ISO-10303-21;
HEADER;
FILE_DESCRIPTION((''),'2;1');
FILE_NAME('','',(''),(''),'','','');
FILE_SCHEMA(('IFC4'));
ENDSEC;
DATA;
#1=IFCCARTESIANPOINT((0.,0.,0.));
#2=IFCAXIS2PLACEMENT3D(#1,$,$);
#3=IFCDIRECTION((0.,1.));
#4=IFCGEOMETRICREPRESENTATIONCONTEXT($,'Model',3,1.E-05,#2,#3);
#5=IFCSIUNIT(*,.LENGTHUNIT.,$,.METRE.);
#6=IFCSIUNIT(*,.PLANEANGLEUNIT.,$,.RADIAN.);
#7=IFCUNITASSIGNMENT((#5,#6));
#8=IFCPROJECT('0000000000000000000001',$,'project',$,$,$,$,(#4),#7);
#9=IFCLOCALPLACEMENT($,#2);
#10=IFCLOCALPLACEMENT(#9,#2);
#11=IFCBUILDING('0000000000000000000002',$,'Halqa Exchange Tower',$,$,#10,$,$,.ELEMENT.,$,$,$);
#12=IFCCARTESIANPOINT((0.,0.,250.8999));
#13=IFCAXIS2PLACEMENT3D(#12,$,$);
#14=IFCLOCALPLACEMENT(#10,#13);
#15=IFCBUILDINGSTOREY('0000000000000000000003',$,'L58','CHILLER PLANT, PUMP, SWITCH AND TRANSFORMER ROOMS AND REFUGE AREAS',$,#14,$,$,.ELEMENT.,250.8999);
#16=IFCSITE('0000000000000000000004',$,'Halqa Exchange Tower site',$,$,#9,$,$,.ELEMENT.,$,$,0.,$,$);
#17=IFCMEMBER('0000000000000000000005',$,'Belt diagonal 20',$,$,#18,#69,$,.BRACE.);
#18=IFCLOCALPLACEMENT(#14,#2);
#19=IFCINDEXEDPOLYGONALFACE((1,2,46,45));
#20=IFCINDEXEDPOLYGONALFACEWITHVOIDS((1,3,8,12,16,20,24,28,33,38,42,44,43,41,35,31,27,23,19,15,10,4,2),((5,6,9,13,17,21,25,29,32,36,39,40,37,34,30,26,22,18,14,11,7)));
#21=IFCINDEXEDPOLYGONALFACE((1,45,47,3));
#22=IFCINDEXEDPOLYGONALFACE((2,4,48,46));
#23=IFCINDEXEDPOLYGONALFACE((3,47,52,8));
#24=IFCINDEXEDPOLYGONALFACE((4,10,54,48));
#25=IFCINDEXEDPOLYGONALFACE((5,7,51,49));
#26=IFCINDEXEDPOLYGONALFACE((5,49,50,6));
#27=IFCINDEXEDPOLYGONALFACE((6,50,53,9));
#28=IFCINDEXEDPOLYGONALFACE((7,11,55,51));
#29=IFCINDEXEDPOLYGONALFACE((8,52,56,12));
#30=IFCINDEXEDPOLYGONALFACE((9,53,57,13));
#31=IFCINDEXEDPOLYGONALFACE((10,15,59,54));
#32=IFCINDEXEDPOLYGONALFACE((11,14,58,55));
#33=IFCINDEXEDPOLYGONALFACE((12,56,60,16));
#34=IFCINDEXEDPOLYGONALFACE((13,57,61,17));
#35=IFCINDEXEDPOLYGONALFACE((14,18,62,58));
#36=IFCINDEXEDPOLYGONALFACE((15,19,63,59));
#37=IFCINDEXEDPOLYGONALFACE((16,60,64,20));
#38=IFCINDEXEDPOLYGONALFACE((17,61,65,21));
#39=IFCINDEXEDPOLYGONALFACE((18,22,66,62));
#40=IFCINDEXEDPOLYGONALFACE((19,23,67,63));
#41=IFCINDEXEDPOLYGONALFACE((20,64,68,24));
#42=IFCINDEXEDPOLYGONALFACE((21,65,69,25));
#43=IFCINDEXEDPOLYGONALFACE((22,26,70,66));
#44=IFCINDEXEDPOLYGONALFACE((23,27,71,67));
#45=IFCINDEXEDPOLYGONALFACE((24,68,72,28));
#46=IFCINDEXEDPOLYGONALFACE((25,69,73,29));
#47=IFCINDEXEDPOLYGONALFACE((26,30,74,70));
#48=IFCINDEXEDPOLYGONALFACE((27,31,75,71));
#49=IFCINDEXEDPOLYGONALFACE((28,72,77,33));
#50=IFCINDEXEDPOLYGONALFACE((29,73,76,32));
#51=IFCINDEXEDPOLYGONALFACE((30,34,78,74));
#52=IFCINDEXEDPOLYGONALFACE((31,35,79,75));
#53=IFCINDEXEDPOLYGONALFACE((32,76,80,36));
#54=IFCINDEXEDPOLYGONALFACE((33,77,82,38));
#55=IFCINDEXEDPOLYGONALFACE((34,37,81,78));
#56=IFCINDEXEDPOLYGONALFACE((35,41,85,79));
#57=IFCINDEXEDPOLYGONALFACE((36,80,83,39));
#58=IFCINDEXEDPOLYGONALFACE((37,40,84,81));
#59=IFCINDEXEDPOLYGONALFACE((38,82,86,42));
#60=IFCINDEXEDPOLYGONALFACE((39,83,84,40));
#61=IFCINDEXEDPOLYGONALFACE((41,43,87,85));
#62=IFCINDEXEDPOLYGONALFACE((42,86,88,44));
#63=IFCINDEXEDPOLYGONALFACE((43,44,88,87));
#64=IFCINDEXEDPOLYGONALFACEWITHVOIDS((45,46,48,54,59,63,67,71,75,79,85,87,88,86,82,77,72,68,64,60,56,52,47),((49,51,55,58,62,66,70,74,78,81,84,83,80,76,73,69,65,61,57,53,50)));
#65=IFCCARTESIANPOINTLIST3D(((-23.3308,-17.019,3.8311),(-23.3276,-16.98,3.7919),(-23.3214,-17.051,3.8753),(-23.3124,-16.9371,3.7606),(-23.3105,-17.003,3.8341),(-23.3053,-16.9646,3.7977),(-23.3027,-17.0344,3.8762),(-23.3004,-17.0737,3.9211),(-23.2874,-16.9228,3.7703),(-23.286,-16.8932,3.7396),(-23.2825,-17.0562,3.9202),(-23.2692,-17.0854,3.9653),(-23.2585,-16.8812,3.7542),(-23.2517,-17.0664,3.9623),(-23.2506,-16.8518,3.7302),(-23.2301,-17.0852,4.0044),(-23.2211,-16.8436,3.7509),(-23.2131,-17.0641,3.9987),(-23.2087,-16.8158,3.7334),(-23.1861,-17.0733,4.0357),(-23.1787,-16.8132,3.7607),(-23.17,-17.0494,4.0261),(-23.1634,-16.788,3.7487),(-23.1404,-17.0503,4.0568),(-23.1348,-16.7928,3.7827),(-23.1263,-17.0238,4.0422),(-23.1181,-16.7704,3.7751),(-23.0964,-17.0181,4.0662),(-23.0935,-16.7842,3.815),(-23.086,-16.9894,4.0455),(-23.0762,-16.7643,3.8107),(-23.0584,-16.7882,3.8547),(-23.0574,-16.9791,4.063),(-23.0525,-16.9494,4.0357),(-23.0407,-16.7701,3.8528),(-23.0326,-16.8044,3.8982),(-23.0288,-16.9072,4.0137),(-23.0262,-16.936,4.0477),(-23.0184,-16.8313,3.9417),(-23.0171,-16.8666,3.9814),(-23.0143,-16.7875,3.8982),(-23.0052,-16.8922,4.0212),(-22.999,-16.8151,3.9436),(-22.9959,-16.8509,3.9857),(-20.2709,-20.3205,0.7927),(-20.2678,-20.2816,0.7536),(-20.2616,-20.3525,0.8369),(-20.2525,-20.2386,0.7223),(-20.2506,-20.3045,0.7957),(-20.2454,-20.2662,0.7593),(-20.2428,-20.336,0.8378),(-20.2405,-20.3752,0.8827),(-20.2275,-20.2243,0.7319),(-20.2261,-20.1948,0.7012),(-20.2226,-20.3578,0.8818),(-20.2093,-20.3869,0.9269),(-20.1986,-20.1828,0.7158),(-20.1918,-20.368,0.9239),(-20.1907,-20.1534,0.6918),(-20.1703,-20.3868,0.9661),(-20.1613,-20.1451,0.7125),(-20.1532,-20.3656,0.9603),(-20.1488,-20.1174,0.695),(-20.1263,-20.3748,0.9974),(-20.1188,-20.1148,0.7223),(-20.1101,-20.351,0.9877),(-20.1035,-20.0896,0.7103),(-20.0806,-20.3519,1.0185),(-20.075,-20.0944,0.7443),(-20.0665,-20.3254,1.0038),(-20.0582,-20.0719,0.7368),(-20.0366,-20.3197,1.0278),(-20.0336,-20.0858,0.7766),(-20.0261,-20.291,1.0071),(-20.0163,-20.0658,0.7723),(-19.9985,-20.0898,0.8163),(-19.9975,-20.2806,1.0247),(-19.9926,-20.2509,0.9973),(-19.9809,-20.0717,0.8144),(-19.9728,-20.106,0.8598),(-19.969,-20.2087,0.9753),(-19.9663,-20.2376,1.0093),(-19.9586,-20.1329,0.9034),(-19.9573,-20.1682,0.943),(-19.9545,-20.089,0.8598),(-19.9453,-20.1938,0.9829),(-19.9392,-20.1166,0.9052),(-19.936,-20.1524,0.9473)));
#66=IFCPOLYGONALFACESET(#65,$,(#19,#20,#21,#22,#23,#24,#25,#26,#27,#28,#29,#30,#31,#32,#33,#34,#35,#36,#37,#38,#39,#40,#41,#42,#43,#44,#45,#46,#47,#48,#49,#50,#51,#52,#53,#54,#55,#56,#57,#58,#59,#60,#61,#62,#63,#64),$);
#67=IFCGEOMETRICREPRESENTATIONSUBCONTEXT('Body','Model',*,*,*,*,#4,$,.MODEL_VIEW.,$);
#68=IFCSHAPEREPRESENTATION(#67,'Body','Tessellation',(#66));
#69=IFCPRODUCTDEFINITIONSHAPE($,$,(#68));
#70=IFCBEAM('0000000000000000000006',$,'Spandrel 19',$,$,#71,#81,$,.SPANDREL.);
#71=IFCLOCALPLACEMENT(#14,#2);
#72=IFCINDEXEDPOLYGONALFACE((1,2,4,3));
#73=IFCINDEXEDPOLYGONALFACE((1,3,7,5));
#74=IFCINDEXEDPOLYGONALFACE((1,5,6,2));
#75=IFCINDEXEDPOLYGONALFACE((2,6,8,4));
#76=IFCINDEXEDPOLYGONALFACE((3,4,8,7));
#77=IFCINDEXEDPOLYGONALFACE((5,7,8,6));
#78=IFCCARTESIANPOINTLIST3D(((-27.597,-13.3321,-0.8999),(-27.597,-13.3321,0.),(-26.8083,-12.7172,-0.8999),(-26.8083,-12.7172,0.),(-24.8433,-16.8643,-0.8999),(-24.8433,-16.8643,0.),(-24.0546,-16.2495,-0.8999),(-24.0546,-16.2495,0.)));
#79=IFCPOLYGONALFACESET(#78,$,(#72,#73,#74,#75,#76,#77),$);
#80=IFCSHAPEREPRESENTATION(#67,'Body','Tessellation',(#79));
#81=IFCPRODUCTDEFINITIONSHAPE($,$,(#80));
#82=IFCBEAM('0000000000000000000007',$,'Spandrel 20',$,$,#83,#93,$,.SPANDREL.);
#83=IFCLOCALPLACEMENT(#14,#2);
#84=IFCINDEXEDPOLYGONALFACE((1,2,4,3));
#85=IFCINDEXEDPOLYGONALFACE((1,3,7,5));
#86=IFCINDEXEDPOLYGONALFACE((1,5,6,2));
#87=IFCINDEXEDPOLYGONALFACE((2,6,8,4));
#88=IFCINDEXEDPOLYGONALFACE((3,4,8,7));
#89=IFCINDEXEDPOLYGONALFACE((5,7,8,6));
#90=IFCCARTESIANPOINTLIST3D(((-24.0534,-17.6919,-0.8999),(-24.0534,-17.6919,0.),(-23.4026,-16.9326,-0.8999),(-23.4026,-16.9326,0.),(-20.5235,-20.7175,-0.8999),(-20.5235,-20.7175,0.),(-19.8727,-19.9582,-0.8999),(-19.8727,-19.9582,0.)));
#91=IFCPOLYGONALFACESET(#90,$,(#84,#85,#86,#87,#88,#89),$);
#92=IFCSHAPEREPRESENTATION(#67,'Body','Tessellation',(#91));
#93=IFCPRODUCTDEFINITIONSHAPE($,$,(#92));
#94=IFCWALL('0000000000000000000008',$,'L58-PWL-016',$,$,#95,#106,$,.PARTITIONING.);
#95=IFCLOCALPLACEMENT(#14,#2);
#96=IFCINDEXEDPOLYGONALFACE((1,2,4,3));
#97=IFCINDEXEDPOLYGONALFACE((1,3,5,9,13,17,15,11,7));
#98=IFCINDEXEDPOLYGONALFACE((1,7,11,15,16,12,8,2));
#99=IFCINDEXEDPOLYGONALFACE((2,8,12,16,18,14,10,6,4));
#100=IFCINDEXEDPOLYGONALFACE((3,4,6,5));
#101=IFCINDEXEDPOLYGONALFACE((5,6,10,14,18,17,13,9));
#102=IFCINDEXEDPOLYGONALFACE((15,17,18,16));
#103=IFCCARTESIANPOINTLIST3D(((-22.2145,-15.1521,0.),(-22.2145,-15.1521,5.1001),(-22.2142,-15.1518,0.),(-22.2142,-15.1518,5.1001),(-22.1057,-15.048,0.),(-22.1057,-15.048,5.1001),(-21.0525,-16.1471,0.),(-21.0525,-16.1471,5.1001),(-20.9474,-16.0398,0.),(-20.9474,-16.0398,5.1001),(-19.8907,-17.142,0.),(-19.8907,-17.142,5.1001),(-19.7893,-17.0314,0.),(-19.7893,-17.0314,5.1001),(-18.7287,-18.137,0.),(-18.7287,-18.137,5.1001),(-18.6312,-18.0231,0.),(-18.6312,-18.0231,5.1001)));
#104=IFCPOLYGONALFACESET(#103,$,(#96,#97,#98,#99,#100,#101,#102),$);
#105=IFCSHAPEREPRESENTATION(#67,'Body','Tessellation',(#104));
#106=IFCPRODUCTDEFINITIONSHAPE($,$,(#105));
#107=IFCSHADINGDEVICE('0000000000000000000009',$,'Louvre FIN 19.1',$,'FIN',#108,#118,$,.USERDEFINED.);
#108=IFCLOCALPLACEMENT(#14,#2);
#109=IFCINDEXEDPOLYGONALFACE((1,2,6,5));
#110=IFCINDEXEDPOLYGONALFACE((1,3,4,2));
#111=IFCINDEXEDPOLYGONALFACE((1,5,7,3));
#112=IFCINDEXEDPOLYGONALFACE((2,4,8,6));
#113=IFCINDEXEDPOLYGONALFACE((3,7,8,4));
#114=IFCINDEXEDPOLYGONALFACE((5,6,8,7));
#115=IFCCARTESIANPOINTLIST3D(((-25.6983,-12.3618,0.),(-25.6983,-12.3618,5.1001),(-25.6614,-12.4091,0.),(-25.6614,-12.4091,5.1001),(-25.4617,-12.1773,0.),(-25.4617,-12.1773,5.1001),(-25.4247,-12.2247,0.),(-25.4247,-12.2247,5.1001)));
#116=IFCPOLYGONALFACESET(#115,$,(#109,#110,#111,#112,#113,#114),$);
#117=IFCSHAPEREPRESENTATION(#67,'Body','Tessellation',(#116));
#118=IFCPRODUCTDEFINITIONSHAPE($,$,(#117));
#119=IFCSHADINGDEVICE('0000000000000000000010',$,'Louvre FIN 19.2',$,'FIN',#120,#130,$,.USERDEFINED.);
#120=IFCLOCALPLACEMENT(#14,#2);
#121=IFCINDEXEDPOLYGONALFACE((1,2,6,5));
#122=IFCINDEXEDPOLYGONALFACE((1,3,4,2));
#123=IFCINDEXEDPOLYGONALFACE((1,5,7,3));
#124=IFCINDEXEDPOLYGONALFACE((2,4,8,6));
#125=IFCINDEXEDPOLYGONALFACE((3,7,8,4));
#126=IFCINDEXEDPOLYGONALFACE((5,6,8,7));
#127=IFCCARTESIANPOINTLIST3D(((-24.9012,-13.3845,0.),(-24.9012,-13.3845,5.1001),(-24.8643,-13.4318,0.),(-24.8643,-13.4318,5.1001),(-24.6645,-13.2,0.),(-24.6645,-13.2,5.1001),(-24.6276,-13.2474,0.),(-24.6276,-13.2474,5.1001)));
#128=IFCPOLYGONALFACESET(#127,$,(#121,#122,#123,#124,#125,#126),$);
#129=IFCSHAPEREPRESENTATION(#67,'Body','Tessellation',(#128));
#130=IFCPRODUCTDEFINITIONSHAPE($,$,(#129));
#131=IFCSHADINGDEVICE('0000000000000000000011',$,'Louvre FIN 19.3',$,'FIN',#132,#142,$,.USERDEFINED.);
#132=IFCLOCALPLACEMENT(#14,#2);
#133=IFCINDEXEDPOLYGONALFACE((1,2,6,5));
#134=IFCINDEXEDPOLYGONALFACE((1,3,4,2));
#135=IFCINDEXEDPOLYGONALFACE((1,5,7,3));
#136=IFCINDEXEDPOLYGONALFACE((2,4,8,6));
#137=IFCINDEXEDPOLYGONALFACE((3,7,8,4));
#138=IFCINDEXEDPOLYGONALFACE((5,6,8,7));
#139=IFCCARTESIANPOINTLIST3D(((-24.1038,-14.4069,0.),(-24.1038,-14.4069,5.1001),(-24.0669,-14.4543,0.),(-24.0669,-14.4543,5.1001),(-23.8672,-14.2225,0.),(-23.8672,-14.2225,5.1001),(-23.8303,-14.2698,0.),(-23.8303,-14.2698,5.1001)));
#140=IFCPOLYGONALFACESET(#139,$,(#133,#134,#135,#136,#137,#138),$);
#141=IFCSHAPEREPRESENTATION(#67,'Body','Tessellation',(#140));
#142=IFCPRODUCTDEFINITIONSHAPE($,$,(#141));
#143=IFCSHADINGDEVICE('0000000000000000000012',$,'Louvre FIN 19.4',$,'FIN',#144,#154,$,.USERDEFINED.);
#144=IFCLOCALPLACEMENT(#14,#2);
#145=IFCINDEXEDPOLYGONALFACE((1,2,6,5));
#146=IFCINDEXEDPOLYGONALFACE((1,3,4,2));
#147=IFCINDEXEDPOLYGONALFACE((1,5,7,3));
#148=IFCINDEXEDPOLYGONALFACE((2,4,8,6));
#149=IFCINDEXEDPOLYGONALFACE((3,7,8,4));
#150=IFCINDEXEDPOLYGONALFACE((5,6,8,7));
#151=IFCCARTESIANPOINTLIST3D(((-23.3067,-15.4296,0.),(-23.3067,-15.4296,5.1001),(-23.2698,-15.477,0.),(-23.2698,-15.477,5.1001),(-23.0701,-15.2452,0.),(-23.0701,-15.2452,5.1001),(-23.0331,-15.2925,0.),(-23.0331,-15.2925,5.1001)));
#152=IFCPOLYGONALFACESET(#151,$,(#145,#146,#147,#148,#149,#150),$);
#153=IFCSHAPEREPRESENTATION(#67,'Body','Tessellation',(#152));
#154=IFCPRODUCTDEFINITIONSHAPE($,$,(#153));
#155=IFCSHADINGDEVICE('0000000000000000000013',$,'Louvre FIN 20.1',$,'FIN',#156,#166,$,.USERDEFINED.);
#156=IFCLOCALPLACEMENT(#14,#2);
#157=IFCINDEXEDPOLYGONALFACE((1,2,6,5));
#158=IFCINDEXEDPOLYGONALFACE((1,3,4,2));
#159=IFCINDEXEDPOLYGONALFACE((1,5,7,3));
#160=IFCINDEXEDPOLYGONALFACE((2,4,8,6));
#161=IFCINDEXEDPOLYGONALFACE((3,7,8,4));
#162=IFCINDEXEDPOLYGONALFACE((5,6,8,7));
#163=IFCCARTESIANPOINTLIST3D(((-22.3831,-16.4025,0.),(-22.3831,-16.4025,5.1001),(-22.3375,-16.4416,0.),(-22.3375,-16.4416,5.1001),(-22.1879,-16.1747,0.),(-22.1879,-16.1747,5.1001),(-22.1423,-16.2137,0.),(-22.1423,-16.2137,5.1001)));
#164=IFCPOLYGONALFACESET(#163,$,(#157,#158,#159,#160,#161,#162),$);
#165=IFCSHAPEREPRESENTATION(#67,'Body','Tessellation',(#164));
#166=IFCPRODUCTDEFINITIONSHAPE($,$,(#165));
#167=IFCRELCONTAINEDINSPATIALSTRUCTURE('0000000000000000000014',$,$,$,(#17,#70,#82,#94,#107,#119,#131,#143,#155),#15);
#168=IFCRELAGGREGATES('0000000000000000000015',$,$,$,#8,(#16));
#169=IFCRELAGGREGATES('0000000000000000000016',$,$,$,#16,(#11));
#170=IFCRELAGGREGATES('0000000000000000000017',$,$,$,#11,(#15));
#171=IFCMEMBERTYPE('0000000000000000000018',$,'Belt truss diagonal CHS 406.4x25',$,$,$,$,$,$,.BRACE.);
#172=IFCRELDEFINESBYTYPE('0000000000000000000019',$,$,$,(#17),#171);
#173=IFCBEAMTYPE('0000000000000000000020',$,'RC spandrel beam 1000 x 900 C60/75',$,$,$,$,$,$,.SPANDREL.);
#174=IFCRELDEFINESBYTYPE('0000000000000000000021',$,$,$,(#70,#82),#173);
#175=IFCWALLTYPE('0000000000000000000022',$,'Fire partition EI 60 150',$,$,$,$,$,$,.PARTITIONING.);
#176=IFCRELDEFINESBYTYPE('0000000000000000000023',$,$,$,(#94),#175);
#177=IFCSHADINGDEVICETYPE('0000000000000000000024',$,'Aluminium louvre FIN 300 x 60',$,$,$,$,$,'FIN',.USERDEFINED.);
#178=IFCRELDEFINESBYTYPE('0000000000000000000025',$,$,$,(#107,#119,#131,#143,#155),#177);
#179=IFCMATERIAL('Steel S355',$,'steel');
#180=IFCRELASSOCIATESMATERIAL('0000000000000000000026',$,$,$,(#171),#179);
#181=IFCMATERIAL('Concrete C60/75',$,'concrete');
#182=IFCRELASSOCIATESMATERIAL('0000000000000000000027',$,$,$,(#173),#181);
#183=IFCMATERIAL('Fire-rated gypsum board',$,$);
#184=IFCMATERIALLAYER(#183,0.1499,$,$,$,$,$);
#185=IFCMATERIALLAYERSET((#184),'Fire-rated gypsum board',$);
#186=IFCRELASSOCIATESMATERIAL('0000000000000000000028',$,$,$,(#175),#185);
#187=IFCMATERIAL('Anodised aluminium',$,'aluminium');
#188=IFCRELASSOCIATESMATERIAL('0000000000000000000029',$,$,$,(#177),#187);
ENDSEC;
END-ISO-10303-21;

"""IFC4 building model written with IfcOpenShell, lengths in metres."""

from ifc_helpers import new_model, si_unit, direction, frame, origin, origin_2d, place, context, subcontext, project, spatial, polyline, rectangle, hollow_circle, outline, extrude, material, layer, layer_set, material_profile, profile_set, type_object, element, save


model = new_model("IFC4")

# Units and contexts
model_context = context("Model", 3, precision=1e-05, world=origin(), true_north=direction((0.0, 1.0)))
body_context = subcontext(model_context, "Body", "Model", "MODEL_VIEW")
ifc_project = project(units=[si_unit("LENGTHUNIT", "METRE"), si_unit("PLANEANGLEUNIT", "RADIAN")], contexts=[model_context])

# Site, building, storey
site_placement = place(None, origin())
site = spatial("IfcSite", under=ifc_project, at=site_placement, Name="Halqa Exchange Tower site", CompositionType="ELEMENT", RefElevation=0.0)
building_placement = place(site_placement, origin())
building = spatial("IfcBuilding", under=site, at=building_placement, Name="Halqa Exchange Tower", CompositionType="ELEMENT")
storey_placement = place(building_placement, frame((0.0, 0.0, 250.8999)))
storey = spatial("IfcBuildingStorey", under=building, at=storey_placement, Name="L58", Description="CHILLER PLANT, PUMP, SWITCH AND TRANSFORMER ROOMS AND REFUGE AREAS", CompositionType="ELEMENT", Elevation=250.8999)

# Shared definitions
ifc_material_1 = material(Name="Concrete C60/75", Category="concrete")

# Member
ifc_material_2 = material(Name="Steel S355", Category="steel")
ifc_material_profile_1 = material_profile(ifc_material_2, hollow_circle(Radius=0.2031, WallThickness=0.0249, at=origin_2d()), Name="CHS 406.4x25")
ifc_profile_set_1 = profile_set([ifc_material_profile_1], Name="Steel S355")
member_type_1 = type_object("IfcMemberType", Name="Belt truss diagonal CHS 406.4x25", PredefinedType="BRACE", material=ifc_profile_set_1)
member_1_placement = place(storey_placement, frame((-23.1633, -16.9255, 3.8982), z_axis=(0.563416, -0.607921, -0.55946), x_axis=(0.733444, 0.67975, 0.0)))
element("IfcMember", 1, at=member_1_placement, inside=storey, type_object=member_type_1, Name="Belt diagonal 20", PredefinedType="BRACE", context=body_context, shape_type="SweptSolid", body=[
    extrude(hollow_circle(Radius=0.2031, WallThickness=0.0249, at=origin_2d()), origin(), (0.0, 0.0, 1.0), 5.4309),
])

# Beams
ifc_material_profile_2 = material_profile(ifc_material_1, rectangle(XDim=1.0, YDim=0.8999, at=origin_2d()), Name="1000 x 900")
ifc_profile_set_2 = profile_set([ifc_material_profile_2], Name="Concrete C60/75")
beam_type = type_object("IfcBeamType", Name="RC spandrel beam 1000 x 900 C60/75", PredefinedType="SPANDREL", material=ifc_profile_set_2)
beam_1_placement = place(storey_placement, frame((-27.2026, -13.0247, -0.45), z_axis=(0.614827, -0.788662, 0.0), x_axis=(0.788662, 0.614827, 0.0)))
element("IfcBeam", 2, at=beam_1_placement, inside=storey, type_object=beam_type, Name="Spandrel 19", PredefinedType="SPANDREL", context=body_context, shape_type="SweptSolid", body=[
    extrude(rectangle(XDim=1.0, YDim=0.8999, at=origin_2d()), origin(), (0.0, 0.0, 1.0), 4.4788),
])
beam_2_placement = place(storey_placement, frame((-23.728, -17.3123, -0.45), z_axis=(0.759268, -0.650778, 0.0), x_axis=(0.650778, 0.759268, 0.0)))
element("IfcBeam", 3, at=beam_2_placement, inside=storey, type_object=beam_type, Name="Spandrel 20", PredefinedType="SPANDREL", context=body_context, shape_type="SweptSolid", body=[
    extrude(rectangle(XDim=1.0, YDim=0.8999, at=origin_2d()), origin(), (0.0, 0.0, 1.0), 4.6492),
])

# Wall
ifc_material_3 = material(Name="Fire-rated gypsum board")
ifc_layer_1 = layer(ifc_material_3, 0.1499)
ifc_layer_set_1 = layer_set([ifc_layer_1], Name="Fire-rated gypsum board")
wall_type = type_object("IfcWallType", Name="Fire partition EI 60 150", PredefinedType="PARTITIONING", material=ifc_layer_set_1)
wall_1_placement = place(storey_placement, frame((-22.1658, -15.0952, 0.0), z_axis=(0.0, 0.0, 1.0), x_axis=(0.759579, -0.650415, 0.0)))
element("IfcWall", 4, at=wall_1_placement, inside=storey, type_object=wall_type, Name="L58-PWL-016", PredefinedType="PARTITIONING", context=body_context, shape_type="SweptSolid", body=[
    extrude(outline(polyline([(4.5891, 0.075), (3.0645, 0.075), (1.5398, 0.075), (0.0149, 0.075), (0.0, -0.0745), (0.0, -0.075), (1.5298, -0.075), (3.0593, -0.075), (4.5891, -0.075), (4.5891, 0.075)])), origin(), (0.0, 0.0, 1.0), 5.1001),
])

# Shading devices
ifc_material_4 = material(Name="Anodised aluminium", Category="aluminium")
ifc_material_profile_3 = material_profile(ifc_material_4, rectangle(XDim=0.3, YDim=0.0601, at=origin_2d()), Name="AL FIN 300x60")
ifc_profile_set_3 = profile_set([ifc_material_profile_3], Name="Anodised aluminium")
shading_device_type = type_object("IfcShadingDeviceType", Name="Aluminium louvre FIN 300 x 60", ElementType="FIN", PredefinedType="USERDEFINED", material=ifc_profile_set_3)
for number, where, z_axis, x_axis, name in (
    (5, (-25.5615, -12.2932, 0.0), (0.0, 0.0, 1.0), (0.78867, 0.614817, 0.0), "Louvre FIN 19.1"),
    (6, (-24.7644, -13.3159, 0.0), (0.0, 0.0, 1.0), (0.78867, 0.614817, 0.0), "Louvre FIN 19.2"),
    (7, (-23.967, -14.3384, 0.0), (0.0, 0.0, 1.0), (0.78867, 0.614817, 0.0), "Louvre FIN 19.3"),
    (8, (-23.1699, -15.3611, 0.0), (0.0, 0.0, 1.0), (0.78867, 0.614817, 0.0), "Louvre FIN 19.4"),
    (9, (-22.2627, -16.3081, 0.0), (0.0, 0.0, 1.0), (0.650795, 0.759253, 0.0), "Louvre FIN 20.1"),
):
    element("IfcShadingDevice", number, at=place(storey_placement, frame(where, z_axis=z_axis, x_axis=x_axis)), inside=storey, type_object=shading_device_type, Name=name, ObjectType="FIN", PredefinedType="USERDEFINED", context=body_context, shape_type="SweptSolid", body=[
        extrude(rectangle(XDim=0.3, YDim=0.0601, at=origin_2d()), origin(), (0.0, 0.0, 1.0), 5.1001),
    ])

save(model, "model.ifc")
